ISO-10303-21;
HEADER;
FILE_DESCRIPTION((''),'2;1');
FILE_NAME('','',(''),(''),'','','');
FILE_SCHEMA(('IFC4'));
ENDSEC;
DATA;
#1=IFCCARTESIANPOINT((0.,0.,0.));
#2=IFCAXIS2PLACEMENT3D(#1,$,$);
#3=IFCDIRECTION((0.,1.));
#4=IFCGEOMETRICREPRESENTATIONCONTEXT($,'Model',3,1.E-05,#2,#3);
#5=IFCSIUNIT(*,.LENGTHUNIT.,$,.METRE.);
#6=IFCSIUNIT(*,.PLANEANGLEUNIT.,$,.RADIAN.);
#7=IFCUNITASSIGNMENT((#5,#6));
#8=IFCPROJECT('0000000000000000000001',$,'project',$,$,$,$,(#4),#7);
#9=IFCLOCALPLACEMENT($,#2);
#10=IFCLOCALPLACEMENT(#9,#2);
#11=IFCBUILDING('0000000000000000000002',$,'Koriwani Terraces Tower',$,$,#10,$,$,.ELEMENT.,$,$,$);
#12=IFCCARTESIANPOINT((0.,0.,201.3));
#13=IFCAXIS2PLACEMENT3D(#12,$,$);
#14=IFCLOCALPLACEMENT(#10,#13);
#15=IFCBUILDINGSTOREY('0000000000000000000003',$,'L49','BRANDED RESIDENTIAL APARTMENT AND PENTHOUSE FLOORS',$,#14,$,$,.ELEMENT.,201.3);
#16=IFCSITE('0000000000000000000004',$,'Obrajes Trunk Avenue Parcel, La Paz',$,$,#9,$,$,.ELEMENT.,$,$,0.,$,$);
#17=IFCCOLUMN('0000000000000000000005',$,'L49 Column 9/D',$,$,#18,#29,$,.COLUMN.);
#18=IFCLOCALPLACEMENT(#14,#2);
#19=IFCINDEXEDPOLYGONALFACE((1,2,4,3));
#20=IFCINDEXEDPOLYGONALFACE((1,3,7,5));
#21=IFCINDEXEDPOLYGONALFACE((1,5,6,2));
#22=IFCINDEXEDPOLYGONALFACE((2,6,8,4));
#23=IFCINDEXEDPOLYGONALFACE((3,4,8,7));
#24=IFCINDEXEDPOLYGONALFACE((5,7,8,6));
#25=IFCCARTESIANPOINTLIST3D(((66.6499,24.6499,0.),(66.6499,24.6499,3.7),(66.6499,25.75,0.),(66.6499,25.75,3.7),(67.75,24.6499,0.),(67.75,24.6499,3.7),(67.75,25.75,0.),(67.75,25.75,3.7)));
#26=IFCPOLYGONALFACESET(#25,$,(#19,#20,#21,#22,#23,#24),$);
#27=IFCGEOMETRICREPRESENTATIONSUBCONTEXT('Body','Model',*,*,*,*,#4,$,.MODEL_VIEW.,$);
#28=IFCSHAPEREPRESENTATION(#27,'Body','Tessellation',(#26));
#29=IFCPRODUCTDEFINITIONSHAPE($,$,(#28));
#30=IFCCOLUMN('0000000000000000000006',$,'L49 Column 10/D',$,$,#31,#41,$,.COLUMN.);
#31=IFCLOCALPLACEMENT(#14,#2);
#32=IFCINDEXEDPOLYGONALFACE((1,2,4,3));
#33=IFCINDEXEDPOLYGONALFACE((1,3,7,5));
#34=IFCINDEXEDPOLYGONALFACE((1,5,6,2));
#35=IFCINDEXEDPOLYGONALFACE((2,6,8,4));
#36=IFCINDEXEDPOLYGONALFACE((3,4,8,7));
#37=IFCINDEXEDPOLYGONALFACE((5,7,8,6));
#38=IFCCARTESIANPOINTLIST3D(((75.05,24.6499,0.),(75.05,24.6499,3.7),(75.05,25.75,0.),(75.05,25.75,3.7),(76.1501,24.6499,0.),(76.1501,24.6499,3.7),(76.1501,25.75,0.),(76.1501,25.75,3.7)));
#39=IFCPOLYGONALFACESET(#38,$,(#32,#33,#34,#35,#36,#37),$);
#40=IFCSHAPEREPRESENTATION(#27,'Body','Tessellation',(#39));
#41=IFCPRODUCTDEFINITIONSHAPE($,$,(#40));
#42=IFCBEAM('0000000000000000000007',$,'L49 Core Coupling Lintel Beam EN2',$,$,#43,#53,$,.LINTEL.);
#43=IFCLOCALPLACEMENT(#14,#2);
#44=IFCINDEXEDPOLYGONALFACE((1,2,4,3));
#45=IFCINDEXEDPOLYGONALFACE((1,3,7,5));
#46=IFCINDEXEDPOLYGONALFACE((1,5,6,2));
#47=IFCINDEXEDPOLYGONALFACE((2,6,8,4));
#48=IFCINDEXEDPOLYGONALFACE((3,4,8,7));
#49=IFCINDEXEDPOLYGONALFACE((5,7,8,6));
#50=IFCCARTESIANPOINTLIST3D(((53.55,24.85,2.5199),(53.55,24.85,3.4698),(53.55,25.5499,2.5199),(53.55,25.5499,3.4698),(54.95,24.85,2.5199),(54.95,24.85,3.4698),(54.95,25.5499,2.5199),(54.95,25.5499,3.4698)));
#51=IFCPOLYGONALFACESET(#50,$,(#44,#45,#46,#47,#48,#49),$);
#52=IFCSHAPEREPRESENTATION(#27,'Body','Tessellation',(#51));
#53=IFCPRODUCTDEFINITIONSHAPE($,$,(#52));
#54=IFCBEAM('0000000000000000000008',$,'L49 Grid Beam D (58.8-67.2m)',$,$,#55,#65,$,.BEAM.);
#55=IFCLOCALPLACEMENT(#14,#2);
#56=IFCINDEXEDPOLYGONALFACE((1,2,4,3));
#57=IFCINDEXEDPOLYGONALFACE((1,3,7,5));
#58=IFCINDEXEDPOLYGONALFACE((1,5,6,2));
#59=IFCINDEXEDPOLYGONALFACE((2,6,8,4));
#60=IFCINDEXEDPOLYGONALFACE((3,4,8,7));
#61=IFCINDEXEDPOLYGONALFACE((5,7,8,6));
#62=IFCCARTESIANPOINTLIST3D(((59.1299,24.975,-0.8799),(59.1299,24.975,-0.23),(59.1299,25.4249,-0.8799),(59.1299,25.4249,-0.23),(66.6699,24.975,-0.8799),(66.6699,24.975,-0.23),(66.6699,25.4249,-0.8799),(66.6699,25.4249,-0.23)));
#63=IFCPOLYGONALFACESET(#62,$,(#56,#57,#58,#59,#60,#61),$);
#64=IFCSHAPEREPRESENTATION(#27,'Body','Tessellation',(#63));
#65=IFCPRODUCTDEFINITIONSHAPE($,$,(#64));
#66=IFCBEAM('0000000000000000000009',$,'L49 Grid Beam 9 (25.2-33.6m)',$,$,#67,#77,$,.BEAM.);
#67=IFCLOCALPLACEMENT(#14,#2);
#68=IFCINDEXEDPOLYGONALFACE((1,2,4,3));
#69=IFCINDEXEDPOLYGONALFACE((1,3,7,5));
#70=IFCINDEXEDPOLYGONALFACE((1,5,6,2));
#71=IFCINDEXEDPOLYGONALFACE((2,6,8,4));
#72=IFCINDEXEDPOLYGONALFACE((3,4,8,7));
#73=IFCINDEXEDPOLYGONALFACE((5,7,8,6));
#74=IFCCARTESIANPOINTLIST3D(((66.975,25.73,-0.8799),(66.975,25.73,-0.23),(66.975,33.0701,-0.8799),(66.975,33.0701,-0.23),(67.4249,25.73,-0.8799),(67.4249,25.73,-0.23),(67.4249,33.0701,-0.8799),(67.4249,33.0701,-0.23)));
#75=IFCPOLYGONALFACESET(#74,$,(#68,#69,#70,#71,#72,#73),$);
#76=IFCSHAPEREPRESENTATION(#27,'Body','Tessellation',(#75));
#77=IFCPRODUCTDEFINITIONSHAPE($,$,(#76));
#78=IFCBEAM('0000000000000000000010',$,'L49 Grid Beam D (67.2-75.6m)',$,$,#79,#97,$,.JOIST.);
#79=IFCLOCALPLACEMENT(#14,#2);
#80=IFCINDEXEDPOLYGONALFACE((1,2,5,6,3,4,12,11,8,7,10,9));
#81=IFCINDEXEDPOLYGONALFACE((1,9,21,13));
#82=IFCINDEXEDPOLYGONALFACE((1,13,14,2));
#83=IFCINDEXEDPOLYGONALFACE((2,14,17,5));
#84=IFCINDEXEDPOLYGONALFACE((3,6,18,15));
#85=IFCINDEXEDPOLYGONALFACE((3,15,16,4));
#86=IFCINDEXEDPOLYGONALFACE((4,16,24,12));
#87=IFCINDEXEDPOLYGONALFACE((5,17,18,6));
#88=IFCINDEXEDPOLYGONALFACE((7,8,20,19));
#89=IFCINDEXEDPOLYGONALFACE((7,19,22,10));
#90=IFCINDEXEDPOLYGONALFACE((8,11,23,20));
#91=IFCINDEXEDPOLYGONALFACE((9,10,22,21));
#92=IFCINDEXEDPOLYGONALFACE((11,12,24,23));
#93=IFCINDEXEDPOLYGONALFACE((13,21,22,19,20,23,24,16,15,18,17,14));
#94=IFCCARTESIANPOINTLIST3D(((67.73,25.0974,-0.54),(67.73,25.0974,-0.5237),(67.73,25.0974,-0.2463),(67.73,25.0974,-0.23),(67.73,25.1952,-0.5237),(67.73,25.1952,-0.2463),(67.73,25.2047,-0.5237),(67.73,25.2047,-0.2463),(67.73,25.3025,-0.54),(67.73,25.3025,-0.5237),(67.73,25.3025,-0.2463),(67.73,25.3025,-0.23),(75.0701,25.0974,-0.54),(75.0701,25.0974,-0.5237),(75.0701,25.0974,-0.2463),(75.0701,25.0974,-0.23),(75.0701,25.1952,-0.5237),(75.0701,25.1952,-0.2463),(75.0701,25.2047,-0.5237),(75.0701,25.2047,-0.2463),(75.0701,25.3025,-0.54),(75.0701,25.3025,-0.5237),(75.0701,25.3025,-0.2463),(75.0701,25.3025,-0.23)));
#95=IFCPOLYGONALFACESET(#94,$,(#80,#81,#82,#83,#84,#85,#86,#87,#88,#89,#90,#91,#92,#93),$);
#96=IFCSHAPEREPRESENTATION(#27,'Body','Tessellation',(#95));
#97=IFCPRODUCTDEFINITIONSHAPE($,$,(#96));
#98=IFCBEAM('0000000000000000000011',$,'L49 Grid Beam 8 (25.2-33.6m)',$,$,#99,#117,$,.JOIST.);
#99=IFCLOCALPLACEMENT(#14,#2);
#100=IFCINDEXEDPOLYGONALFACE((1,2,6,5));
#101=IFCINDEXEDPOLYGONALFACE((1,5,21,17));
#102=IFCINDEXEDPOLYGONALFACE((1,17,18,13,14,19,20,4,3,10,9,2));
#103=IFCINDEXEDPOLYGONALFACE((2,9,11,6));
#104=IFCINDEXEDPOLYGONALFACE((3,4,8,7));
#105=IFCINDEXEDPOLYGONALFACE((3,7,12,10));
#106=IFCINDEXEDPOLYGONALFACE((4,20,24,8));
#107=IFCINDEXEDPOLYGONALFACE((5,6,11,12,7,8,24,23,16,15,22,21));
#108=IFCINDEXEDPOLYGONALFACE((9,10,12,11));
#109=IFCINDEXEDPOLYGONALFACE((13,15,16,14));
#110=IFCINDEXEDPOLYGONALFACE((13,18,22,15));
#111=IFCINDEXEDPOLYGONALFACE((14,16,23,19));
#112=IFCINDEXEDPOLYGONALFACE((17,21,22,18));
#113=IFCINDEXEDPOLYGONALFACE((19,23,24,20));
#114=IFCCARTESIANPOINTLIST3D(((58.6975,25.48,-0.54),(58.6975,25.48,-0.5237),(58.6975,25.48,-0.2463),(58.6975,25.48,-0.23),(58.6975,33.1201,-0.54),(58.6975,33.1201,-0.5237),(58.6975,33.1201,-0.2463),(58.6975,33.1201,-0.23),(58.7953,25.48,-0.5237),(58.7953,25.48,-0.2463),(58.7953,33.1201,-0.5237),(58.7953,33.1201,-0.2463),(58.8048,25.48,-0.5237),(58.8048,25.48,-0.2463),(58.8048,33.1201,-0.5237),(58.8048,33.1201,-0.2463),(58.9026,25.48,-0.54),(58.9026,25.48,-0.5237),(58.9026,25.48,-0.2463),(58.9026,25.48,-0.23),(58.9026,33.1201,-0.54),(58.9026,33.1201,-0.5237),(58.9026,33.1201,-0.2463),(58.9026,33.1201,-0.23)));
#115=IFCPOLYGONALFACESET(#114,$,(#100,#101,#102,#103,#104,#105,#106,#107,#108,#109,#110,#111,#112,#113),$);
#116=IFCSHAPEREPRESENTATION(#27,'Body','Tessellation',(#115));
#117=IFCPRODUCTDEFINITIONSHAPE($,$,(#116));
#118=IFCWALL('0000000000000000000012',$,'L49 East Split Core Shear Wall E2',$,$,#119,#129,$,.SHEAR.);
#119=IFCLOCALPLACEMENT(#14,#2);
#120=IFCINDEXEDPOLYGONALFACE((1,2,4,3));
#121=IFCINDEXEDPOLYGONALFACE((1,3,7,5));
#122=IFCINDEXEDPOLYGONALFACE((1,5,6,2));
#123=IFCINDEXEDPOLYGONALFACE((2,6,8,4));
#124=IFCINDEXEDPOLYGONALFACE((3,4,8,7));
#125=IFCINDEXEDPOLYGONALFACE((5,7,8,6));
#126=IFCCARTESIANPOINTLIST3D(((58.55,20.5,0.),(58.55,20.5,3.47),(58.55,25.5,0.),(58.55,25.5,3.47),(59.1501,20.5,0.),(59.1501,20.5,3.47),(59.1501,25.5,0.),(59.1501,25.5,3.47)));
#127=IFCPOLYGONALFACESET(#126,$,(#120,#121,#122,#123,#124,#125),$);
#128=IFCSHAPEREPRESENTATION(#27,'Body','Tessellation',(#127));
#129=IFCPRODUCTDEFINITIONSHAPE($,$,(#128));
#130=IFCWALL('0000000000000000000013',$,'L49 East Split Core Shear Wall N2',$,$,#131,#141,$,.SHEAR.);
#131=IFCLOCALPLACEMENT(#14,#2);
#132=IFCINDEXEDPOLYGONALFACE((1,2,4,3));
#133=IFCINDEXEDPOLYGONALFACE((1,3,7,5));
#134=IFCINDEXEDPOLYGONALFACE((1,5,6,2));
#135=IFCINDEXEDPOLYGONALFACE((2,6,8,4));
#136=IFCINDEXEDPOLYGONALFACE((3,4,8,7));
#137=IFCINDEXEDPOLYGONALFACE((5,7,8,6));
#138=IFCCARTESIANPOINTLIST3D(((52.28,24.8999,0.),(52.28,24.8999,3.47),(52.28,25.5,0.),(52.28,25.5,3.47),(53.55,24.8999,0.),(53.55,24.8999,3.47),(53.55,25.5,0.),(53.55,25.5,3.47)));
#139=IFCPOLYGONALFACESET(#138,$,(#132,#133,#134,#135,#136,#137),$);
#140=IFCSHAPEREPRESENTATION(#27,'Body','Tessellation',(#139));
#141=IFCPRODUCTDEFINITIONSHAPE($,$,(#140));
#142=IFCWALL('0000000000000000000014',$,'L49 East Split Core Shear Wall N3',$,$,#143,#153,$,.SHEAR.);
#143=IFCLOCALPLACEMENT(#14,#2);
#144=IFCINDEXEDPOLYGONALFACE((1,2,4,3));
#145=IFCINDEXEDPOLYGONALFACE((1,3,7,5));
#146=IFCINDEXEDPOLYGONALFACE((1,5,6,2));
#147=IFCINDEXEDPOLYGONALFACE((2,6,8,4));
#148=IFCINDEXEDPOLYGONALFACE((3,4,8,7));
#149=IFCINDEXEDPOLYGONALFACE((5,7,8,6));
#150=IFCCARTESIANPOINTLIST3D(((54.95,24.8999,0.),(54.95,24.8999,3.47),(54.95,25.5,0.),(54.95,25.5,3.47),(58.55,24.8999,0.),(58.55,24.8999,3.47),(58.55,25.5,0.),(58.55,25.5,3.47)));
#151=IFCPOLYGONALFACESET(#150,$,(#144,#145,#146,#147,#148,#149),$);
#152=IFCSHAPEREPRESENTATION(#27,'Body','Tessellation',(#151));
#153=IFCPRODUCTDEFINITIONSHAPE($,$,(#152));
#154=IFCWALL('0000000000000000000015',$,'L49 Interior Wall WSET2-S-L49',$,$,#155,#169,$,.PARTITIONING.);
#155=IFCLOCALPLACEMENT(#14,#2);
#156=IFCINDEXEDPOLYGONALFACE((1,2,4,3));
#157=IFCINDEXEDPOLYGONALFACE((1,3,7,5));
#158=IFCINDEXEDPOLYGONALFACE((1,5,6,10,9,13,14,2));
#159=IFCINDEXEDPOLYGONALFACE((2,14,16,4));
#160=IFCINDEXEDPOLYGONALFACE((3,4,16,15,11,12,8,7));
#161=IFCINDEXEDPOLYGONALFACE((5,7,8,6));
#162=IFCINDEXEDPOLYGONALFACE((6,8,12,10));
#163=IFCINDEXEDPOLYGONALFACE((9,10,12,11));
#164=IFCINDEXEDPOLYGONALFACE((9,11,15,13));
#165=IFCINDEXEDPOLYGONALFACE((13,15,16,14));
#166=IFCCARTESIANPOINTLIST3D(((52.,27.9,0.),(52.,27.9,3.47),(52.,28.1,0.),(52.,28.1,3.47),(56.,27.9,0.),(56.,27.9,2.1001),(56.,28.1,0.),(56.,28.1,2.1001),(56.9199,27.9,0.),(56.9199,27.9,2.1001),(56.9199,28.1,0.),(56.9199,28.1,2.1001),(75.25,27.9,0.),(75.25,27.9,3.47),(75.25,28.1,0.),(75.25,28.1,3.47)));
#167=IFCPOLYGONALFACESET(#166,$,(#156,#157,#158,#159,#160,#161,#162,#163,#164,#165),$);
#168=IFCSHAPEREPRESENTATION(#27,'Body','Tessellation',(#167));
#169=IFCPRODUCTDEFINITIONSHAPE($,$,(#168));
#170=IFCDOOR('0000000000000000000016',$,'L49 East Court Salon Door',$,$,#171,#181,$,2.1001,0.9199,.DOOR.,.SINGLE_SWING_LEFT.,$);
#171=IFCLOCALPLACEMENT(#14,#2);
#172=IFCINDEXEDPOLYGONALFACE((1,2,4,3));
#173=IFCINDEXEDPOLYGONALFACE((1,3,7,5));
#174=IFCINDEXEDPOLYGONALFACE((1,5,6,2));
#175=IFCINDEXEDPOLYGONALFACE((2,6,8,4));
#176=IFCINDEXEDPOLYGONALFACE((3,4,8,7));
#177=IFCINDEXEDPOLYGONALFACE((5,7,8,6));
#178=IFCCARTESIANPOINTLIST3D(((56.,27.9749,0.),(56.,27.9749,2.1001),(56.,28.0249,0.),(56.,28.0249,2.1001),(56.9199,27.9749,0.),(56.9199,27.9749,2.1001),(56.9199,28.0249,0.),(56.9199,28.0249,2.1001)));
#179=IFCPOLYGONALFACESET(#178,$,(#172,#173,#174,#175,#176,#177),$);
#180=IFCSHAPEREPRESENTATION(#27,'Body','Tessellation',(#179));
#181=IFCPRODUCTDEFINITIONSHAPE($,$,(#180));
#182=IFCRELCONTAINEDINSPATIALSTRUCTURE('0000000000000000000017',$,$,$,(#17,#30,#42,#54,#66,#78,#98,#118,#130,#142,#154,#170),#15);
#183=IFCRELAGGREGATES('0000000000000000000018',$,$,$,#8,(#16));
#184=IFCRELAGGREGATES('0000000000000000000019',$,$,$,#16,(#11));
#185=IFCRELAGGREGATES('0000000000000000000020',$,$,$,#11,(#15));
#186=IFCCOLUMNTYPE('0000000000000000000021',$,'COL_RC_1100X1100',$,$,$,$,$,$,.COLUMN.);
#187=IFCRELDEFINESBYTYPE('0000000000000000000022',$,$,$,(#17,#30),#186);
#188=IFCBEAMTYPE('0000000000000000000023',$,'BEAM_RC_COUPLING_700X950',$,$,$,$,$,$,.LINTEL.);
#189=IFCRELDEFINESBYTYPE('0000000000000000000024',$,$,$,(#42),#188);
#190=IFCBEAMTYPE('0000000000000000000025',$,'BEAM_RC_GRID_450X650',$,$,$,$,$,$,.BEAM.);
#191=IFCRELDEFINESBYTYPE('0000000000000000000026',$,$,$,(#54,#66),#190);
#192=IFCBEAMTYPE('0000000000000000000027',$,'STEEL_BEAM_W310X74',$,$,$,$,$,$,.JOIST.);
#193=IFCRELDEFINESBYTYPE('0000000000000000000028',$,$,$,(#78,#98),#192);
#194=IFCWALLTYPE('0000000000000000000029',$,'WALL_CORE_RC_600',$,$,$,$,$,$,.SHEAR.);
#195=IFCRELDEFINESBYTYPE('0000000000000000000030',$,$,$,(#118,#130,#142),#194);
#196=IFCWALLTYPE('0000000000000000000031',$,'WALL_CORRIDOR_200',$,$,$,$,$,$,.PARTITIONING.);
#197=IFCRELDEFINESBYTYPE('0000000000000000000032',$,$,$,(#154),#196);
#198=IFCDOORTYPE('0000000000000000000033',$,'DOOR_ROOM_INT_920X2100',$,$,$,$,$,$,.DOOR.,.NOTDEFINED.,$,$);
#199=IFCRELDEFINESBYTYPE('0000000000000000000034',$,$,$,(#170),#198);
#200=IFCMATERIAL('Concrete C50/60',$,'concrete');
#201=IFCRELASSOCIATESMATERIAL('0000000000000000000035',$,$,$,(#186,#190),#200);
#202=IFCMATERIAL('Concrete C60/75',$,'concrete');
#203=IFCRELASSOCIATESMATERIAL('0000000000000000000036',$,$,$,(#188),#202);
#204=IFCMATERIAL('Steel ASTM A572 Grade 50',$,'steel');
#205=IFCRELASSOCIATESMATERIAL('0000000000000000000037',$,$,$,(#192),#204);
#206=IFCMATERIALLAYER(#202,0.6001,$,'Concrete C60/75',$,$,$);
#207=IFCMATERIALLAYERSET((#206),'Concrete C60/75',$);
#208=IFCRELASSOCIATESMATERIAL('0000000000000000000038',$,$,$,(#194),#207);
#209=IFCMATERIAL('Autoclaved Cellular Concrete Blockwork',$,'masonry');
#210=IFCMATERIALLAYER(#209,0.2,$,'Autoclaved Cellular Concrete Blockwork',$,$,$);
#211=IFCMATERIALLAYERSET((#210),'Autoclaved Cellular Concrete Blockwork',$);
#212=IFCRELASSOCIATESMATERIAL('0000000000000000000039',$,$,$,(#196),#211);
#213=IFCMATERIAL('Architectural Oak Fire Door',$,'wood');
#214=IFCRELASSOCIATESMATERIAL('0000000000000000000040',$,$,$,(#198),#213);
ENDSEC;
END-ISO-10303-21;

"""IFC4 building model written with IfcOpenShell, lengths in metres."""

from ifc_helpers import new_model, si_unit, direction, frame, frame_2d, origin, origin_2d, place, context, subcontext, project, spatial, rectangle, i_section, extrude, material, layer, layer_set, material_profile, profile_set, type_object, element, fill, save


model = new_model("IFC4")

# Units and contexts
model_context = context("Model", 3, precision=1e-05, world=origin(), true_north=direction((0.0, 1.0)))
body_context = subcontext(model_context, "Body", "Model", "MODEL_VIEW")
ifc_project = project(units=[si_unit("LENGTHUNIT", "METRE"), si_unit("PLANEANGLEUNIT", "RADIAN")], contexts=[model_context])

# Site, building, storey
site_placement = place(None, origin())
site = spatial("IfcSite", under=ifc_project, at=site_placement, Name="Obrajes Trunk Avenue Parcel, La Paz", CompositionType="ELEMENT", RefElevation=0.0)
building_placement = place(site_placement, origin())
building = spatial("IfcBuilding", under=site, at=building_placement, Name="Koriwani Terraces Tower", CompositionType="ELEMENT")
storey_placement = place(building_placement, frame((0.0, 0.0, 201.3)))
storey = spatial("IfcBuildingStorey", under=building, at=storey_placement, Name="L49", Description="BRANDED RESIDENTIAL APARTMENT AND PENTHOUSE FLOORS", CompositionType="ELEMENT", Elevation=201.3)

# Columns
ifc_material_1 = material(Name="Concrete C50/60", Category="concrete")
ifc_material_profile_1 = material_profile(ifc_material_1, rectangle(XDim=1.1001, YDim=1.1001, at=origin_2d()), Name="Concrete C50/60", Category="LoadBearing")
ifc_profile_set_1 = profile_set([ifc_material_profile_1], Name="Concrete C50/60")
column_type = type_object("IfcColumnType", Name="COL_RC_1100X1100", PredefinedType="COLUMN", material=ifc_profile_set_1)
for number, where, z_axis, x_axis, name in (
    (1, (67.2, 25.2, 0.0), (0.0, 0.0, 1.0), (1.0, 0.0, 0.0), "L49 Column 9/D"),
    (2, (75.6001, 25.2, 0.0), (0.0, 0.0, 1.0), (1.0, 0.0, 0.0), "L49 Column 10/D"),
):
    element("IfcColumn", number, at=place(storey_placement, frame(where, z_axis=z_axis, x_axis=x_axis)), inside=storey, type_object=column_type, Name=name, PredefinedType="COLUMN", context=body_context, shape_type="SweptSolid", body=[
        extrude(rectangle(XDim=1.1001, YDim=1.1001, at=origin_2d()), origin(), (0.0, 0.0, 1.0), 3.7),
    ])

# Beams
ifc_material_2 = material(Name="Concrete C60/75", Category="concrete")
ifc_material_profile_2 = material_profile(ifc_material_2, rectangle(XDim=0.7, YDim=0.95, at=origin_2d()), Name="Concrete C60/75", Category="LoadBearing")
ifc_profile_set_2 = profile_set([ifc_material_profile_2], Name="Concrete C60/75")
beam_type_1 = type_object("IfcBeamType", Name="BEAM_RC_COUPLING_700X950", PredefinedType="LINTEL", material=ifc_profile_set_2)
beam_1_placement = place(storey_placement, frame((53.55, 25.2, 2.9949), z_axis=(1.0, 0.0, 0.0), x_axis=(0.0, 1.0, 0.0)))
element("IfcBeam", 3, at=beam_1_placement, inside=storey, type_object=beam_type_1, Name="L49 Core Coupling Lintel Beam EN2", PredefinedType="LINTEL", context=body_context, shape_type="SweptSolid", body=[
    extrude(rectangle(XDim=0.7, YDim=0.95, at=origin_2d()), origin(), (0.0, 0.0, 1.0), 1.3999),
])
ifc_material_profile_3 = material_profile(ifc_material_1, rectangle(XDim=0.45, YDim=0.6499, at=origin_2d()), Name="Concrete C50/60", Category="LoadBearing")
ifc_profile_set_3 = profile_set([ifc_material_profile_3], Name="Concrete C50/60")
beam_type_2 = type_object("IfcBeamType", Name="BEAM_RC_GRID_450X650", PredefinedType="BEAM", material=ifc_profile_set_3)
beam_2_placement = place(storey_placement, frame((59.1299, 25.2, -0.5549), z_axis=(1.0, 0.0, 0.0), x_axis=(0.0, 1.0, 0.0)))
element("IfcBeam", 4, at=beam_2_placement, inside=storey, type_object=beam_type_2, Name="L49 Grid Beam D (58.8-67.2m)", PredefinedType="BEAM", context=body_context, shape_type="SweptSolid", body=[
    extrude(rectangle(XDim=0.45, YDim=0.6499, at=origin_2d()), origin(), (0.0, 0.0, 1.0), 7.54),
])
beam_3_placement = place(storey_placement, frame((67.2, 25.73, -0.5549), z_axis=(0.0, 1.0, 0.0), x_axis=(-1.0, 0.0, 0.0)))
element("IfcBeam", 5, at=beam_3_placement, inside=storey, type_object=beam_type_2, Name="L49 Grid Beam 9 (25.2-33.6m)", PredefinedType="BEAM", context=body_context, shape_type="SweptSolid", body=[
    extrude(rectangle(XDim=0.45, YDim=0.6499, at=origin_2d()), origin(), (0.0, 0.0, 1.0), 7.3401),
])
ifc_material_3 = material(Name="Steel ASTM A572 Grade 50", Category="steel")
ifc_material_profile_4 = material_profile(ifc_material_3, i_section(OverallWidth=0.2051, OverallDepth=0.3101, WebThickness=0.0095, FlangeThickness=0.0164, at=origin_2d()), Name="Steel ASTM A572 Grade 50", Category="LoadBearing")
ifc_profile_set_4 = profile_set([ifc_material_profile_4], Name="Steel ASTM A572 Grade 50")
beam_type_3 = type_object("IfcBeamType", Name="STEEL_BEAM_W310X74", PredefinedType="JOIST", material=ifc_profile_set_4)
beam_4_placement = place(storey_placement, frame((67.73, 25.2, -0.385), z_axis=(1.0, 0.0, 0.0), x_axis=(0.0, 1.0, 0.0)))
element("IfcBeam", 6, at=beam_4_placement, inside=storey, type_object=beam_type_3, Name="L49 Grid Beam D (67.2-75.6m)", PredefinedType="JOIST", context=body_context, shape_type="SweptSolid", body=[
    extrude(i_section(OverallWidth=0.2051, OverallDepth=0.3101, WebThickness=0.0095, FlangeThickness=0.0164, at=origin_2d()), origin(), (0.0, 0.0, 1.0), 7.3401),
])
beam_5_placement = place(storey_placement, frame((58.8, 25.48, -0.385), z_axis=(0.0, 1.0, 0.0), x_axis=(-1.0, 0.0, 0.0)))
element("IfcBeam", 7, at=beam_5_placement, inside=storey, type_object=beam_type_3, Name="L49 Grid Beam 8 (25.2-33.6m)", PredefinedType="JOIST", context=body_context, shape_type="SweptSolid", body=[
    extrude(i_section(OverallWidth=0.2051, OverallDepth=0.3101, WebThickness=0.0095, FlangeThickness=0.0164, at=origin_2d()), origin(), (0.0, 0.0, 1.0), 7.6401),
])

# Walls
ifc_layer_1 = layer(ifc_material_2, 0.6001, Name="Concrete C60/75")
ifc_layer_set_1 = layer_set([ifc_layer_1], Name="Concrete C60/75")
wall_type_1 = type_object("IfcWallType", Name="WALL_CORE_RC_600", PredefinedType="SHEAR", material=ifc_layer_set_1)
wall_1_placement = place(storey_placement, frame((58.8501, 20.5, 0.0), z_axis=(0.0, 0.0, 1.0), x_axis=(0.0, 1.0, 0.0)))
element("IfcWall", 8, at=wall_1_placement, inside=storey, type_object=wall_type_1, Name="L49 East Split Core Shear Wall E2", PredefinedType="SHEAR", context=body_context, shape_type="SweptSolid", body=[
    extrude(rectangle(XDim=5.0, YDim=0.6001, at=frame_2d((2.5, 0.0))), origin(), (0.0, 0.0, 1.0), 3.47),
])
wall_2_placement = place(storey_placement, frame((52.28, 25.2, 0.0), z_axis=(0.0, 0.0, 1.0), x_axis=(1.0, 0.0, 0.0)))
element("IfcWall", 9, at=wall_2_placement, inside=storey, type_object=wall_type_1, Name="L49 East Split Core Shear Wall N2", PredefinedType="SHEAR", context=body_context, shape_type="SweptSolid", body=[
    extrude(rectangle(XDim=1.27, YDim=0.6001, at=frame_2d((0.635, 0.0))), origin(), (0.0, 0.0, 1.0), 3.47),
])
wall_3_placement = place(storey_placement, frame((54.95, 25.2, 0.0), z_axis=(0.0, 0.0, 1.0), x_axis=(1.0, 0.0, 0.0)))
element("IfcWall", 10, at=wall_3_placement, inside=storey, type_object=wall_type_1, Name="L49 East Split Core Shear Wall N3", PredefinedType="SHEAR", context=body_context, shape_type="SweptSolid", body=[
    extrude(rectangle(XDim=3.6001, YDim=0.6001, at=frame_2d((1.8, 0.0))), origin(), (0.0, 0.0, 1.0), 3.47),
])

# Wall, opening, door
ifc_material_4 = material(Name="Autoclaved Cellular Concrete Blockwork", Category="masonry")
ifc_layer_2 = layer(ifc_material_4, 0.2, Name="Autoclaved Cellular Concrete Blockwork")
ifc_layer_set_2 = layer_set([ifc_layer_2], Name="Autoclaved Cellular Concrete Blockwork")
wall_type_2 = type_object("IfcWallType", Name="WALL_CORRIDOR_200", PredefinedType="PARTITIONING", material=ifc_layer_set_2)
wall_4_placement = place(storey_placement, frame((52.0, 28.0, 0.0), z_axis=(0.0, 0.0, 1.0), x_axis=(1.0, 0.0, 0.0)))
wall_4 = element("IfcWall", 11, at=wall_4_placement, inside=storey, type_object=wall_type_2, Name="L49 Interior Wall WSET2-S-L49", PredefinedType="PARTITIONING", context=body_context, shape_type="SweptSolid", body=[
    extrude(rectangle(XDim=23.25, YDim=0.2, at=frame_2d((11.625, 0.0))), origin(), (0.0, 0.0, 1.0), 3.47),
])
opening_1_placement = place(wall_4_placement, frame((4.0, 0.0, 0.0)))
opening_1 = element("IfcOpeningElement", 12, at=opening_1_placement, cuts=wall_4, PredefinedType="OPENING", context=body_context, shape_type="SweptSolid", body=[
    extrude(rectangle(XDim=0.9199, YDim=2.1001, at=frame_2d((0.46, 1.05))), frame((0.0, 0.1099, 0.0), z_axis=(0.0, -1.0, 0.0), x_axis=(1.0, 0.0, 0.0)), (0.0, 0.0, 1.0), 0.22),
])
ifc_material_5 = material(Name="Architectural Oak Fire Door", Category="wood")
door_type_1 = type_object("IfcDoorType", Name="DOOR_ROOM_INT_920X2100", OperationType="NOTDEFINED", PredefinedType="DOOR", material=ifc_material_5)
door_1_placement = place(opening_1_placement, origin())
door_1 = element("IfcDoor", 13, at=door_1_placement, inside=storey, type_object=door_type_1, Name="L49 East Court Salon Door", OperationType="SINGLE_SWING_LEFT", OverallHeight=2.1001, OverallWidth=0.9199, PredefinedType="DOOR", context=body_context, shape_type="SweptSolid", body=[
    extrude(rectangle(XDim=0.9199, YDim=2.1001, at=frame_2d((0.46, 1.05))), frame((0.0, 0.0249, 0.0), z_axis=(0.0, -1.0, 0.0), x_axis=(1.0, 0.0, 0.0)), (0.0, 0.0, 1.0), 0.05),
])
fill(opening_1, door_1)

save(model, "model.ifc")
